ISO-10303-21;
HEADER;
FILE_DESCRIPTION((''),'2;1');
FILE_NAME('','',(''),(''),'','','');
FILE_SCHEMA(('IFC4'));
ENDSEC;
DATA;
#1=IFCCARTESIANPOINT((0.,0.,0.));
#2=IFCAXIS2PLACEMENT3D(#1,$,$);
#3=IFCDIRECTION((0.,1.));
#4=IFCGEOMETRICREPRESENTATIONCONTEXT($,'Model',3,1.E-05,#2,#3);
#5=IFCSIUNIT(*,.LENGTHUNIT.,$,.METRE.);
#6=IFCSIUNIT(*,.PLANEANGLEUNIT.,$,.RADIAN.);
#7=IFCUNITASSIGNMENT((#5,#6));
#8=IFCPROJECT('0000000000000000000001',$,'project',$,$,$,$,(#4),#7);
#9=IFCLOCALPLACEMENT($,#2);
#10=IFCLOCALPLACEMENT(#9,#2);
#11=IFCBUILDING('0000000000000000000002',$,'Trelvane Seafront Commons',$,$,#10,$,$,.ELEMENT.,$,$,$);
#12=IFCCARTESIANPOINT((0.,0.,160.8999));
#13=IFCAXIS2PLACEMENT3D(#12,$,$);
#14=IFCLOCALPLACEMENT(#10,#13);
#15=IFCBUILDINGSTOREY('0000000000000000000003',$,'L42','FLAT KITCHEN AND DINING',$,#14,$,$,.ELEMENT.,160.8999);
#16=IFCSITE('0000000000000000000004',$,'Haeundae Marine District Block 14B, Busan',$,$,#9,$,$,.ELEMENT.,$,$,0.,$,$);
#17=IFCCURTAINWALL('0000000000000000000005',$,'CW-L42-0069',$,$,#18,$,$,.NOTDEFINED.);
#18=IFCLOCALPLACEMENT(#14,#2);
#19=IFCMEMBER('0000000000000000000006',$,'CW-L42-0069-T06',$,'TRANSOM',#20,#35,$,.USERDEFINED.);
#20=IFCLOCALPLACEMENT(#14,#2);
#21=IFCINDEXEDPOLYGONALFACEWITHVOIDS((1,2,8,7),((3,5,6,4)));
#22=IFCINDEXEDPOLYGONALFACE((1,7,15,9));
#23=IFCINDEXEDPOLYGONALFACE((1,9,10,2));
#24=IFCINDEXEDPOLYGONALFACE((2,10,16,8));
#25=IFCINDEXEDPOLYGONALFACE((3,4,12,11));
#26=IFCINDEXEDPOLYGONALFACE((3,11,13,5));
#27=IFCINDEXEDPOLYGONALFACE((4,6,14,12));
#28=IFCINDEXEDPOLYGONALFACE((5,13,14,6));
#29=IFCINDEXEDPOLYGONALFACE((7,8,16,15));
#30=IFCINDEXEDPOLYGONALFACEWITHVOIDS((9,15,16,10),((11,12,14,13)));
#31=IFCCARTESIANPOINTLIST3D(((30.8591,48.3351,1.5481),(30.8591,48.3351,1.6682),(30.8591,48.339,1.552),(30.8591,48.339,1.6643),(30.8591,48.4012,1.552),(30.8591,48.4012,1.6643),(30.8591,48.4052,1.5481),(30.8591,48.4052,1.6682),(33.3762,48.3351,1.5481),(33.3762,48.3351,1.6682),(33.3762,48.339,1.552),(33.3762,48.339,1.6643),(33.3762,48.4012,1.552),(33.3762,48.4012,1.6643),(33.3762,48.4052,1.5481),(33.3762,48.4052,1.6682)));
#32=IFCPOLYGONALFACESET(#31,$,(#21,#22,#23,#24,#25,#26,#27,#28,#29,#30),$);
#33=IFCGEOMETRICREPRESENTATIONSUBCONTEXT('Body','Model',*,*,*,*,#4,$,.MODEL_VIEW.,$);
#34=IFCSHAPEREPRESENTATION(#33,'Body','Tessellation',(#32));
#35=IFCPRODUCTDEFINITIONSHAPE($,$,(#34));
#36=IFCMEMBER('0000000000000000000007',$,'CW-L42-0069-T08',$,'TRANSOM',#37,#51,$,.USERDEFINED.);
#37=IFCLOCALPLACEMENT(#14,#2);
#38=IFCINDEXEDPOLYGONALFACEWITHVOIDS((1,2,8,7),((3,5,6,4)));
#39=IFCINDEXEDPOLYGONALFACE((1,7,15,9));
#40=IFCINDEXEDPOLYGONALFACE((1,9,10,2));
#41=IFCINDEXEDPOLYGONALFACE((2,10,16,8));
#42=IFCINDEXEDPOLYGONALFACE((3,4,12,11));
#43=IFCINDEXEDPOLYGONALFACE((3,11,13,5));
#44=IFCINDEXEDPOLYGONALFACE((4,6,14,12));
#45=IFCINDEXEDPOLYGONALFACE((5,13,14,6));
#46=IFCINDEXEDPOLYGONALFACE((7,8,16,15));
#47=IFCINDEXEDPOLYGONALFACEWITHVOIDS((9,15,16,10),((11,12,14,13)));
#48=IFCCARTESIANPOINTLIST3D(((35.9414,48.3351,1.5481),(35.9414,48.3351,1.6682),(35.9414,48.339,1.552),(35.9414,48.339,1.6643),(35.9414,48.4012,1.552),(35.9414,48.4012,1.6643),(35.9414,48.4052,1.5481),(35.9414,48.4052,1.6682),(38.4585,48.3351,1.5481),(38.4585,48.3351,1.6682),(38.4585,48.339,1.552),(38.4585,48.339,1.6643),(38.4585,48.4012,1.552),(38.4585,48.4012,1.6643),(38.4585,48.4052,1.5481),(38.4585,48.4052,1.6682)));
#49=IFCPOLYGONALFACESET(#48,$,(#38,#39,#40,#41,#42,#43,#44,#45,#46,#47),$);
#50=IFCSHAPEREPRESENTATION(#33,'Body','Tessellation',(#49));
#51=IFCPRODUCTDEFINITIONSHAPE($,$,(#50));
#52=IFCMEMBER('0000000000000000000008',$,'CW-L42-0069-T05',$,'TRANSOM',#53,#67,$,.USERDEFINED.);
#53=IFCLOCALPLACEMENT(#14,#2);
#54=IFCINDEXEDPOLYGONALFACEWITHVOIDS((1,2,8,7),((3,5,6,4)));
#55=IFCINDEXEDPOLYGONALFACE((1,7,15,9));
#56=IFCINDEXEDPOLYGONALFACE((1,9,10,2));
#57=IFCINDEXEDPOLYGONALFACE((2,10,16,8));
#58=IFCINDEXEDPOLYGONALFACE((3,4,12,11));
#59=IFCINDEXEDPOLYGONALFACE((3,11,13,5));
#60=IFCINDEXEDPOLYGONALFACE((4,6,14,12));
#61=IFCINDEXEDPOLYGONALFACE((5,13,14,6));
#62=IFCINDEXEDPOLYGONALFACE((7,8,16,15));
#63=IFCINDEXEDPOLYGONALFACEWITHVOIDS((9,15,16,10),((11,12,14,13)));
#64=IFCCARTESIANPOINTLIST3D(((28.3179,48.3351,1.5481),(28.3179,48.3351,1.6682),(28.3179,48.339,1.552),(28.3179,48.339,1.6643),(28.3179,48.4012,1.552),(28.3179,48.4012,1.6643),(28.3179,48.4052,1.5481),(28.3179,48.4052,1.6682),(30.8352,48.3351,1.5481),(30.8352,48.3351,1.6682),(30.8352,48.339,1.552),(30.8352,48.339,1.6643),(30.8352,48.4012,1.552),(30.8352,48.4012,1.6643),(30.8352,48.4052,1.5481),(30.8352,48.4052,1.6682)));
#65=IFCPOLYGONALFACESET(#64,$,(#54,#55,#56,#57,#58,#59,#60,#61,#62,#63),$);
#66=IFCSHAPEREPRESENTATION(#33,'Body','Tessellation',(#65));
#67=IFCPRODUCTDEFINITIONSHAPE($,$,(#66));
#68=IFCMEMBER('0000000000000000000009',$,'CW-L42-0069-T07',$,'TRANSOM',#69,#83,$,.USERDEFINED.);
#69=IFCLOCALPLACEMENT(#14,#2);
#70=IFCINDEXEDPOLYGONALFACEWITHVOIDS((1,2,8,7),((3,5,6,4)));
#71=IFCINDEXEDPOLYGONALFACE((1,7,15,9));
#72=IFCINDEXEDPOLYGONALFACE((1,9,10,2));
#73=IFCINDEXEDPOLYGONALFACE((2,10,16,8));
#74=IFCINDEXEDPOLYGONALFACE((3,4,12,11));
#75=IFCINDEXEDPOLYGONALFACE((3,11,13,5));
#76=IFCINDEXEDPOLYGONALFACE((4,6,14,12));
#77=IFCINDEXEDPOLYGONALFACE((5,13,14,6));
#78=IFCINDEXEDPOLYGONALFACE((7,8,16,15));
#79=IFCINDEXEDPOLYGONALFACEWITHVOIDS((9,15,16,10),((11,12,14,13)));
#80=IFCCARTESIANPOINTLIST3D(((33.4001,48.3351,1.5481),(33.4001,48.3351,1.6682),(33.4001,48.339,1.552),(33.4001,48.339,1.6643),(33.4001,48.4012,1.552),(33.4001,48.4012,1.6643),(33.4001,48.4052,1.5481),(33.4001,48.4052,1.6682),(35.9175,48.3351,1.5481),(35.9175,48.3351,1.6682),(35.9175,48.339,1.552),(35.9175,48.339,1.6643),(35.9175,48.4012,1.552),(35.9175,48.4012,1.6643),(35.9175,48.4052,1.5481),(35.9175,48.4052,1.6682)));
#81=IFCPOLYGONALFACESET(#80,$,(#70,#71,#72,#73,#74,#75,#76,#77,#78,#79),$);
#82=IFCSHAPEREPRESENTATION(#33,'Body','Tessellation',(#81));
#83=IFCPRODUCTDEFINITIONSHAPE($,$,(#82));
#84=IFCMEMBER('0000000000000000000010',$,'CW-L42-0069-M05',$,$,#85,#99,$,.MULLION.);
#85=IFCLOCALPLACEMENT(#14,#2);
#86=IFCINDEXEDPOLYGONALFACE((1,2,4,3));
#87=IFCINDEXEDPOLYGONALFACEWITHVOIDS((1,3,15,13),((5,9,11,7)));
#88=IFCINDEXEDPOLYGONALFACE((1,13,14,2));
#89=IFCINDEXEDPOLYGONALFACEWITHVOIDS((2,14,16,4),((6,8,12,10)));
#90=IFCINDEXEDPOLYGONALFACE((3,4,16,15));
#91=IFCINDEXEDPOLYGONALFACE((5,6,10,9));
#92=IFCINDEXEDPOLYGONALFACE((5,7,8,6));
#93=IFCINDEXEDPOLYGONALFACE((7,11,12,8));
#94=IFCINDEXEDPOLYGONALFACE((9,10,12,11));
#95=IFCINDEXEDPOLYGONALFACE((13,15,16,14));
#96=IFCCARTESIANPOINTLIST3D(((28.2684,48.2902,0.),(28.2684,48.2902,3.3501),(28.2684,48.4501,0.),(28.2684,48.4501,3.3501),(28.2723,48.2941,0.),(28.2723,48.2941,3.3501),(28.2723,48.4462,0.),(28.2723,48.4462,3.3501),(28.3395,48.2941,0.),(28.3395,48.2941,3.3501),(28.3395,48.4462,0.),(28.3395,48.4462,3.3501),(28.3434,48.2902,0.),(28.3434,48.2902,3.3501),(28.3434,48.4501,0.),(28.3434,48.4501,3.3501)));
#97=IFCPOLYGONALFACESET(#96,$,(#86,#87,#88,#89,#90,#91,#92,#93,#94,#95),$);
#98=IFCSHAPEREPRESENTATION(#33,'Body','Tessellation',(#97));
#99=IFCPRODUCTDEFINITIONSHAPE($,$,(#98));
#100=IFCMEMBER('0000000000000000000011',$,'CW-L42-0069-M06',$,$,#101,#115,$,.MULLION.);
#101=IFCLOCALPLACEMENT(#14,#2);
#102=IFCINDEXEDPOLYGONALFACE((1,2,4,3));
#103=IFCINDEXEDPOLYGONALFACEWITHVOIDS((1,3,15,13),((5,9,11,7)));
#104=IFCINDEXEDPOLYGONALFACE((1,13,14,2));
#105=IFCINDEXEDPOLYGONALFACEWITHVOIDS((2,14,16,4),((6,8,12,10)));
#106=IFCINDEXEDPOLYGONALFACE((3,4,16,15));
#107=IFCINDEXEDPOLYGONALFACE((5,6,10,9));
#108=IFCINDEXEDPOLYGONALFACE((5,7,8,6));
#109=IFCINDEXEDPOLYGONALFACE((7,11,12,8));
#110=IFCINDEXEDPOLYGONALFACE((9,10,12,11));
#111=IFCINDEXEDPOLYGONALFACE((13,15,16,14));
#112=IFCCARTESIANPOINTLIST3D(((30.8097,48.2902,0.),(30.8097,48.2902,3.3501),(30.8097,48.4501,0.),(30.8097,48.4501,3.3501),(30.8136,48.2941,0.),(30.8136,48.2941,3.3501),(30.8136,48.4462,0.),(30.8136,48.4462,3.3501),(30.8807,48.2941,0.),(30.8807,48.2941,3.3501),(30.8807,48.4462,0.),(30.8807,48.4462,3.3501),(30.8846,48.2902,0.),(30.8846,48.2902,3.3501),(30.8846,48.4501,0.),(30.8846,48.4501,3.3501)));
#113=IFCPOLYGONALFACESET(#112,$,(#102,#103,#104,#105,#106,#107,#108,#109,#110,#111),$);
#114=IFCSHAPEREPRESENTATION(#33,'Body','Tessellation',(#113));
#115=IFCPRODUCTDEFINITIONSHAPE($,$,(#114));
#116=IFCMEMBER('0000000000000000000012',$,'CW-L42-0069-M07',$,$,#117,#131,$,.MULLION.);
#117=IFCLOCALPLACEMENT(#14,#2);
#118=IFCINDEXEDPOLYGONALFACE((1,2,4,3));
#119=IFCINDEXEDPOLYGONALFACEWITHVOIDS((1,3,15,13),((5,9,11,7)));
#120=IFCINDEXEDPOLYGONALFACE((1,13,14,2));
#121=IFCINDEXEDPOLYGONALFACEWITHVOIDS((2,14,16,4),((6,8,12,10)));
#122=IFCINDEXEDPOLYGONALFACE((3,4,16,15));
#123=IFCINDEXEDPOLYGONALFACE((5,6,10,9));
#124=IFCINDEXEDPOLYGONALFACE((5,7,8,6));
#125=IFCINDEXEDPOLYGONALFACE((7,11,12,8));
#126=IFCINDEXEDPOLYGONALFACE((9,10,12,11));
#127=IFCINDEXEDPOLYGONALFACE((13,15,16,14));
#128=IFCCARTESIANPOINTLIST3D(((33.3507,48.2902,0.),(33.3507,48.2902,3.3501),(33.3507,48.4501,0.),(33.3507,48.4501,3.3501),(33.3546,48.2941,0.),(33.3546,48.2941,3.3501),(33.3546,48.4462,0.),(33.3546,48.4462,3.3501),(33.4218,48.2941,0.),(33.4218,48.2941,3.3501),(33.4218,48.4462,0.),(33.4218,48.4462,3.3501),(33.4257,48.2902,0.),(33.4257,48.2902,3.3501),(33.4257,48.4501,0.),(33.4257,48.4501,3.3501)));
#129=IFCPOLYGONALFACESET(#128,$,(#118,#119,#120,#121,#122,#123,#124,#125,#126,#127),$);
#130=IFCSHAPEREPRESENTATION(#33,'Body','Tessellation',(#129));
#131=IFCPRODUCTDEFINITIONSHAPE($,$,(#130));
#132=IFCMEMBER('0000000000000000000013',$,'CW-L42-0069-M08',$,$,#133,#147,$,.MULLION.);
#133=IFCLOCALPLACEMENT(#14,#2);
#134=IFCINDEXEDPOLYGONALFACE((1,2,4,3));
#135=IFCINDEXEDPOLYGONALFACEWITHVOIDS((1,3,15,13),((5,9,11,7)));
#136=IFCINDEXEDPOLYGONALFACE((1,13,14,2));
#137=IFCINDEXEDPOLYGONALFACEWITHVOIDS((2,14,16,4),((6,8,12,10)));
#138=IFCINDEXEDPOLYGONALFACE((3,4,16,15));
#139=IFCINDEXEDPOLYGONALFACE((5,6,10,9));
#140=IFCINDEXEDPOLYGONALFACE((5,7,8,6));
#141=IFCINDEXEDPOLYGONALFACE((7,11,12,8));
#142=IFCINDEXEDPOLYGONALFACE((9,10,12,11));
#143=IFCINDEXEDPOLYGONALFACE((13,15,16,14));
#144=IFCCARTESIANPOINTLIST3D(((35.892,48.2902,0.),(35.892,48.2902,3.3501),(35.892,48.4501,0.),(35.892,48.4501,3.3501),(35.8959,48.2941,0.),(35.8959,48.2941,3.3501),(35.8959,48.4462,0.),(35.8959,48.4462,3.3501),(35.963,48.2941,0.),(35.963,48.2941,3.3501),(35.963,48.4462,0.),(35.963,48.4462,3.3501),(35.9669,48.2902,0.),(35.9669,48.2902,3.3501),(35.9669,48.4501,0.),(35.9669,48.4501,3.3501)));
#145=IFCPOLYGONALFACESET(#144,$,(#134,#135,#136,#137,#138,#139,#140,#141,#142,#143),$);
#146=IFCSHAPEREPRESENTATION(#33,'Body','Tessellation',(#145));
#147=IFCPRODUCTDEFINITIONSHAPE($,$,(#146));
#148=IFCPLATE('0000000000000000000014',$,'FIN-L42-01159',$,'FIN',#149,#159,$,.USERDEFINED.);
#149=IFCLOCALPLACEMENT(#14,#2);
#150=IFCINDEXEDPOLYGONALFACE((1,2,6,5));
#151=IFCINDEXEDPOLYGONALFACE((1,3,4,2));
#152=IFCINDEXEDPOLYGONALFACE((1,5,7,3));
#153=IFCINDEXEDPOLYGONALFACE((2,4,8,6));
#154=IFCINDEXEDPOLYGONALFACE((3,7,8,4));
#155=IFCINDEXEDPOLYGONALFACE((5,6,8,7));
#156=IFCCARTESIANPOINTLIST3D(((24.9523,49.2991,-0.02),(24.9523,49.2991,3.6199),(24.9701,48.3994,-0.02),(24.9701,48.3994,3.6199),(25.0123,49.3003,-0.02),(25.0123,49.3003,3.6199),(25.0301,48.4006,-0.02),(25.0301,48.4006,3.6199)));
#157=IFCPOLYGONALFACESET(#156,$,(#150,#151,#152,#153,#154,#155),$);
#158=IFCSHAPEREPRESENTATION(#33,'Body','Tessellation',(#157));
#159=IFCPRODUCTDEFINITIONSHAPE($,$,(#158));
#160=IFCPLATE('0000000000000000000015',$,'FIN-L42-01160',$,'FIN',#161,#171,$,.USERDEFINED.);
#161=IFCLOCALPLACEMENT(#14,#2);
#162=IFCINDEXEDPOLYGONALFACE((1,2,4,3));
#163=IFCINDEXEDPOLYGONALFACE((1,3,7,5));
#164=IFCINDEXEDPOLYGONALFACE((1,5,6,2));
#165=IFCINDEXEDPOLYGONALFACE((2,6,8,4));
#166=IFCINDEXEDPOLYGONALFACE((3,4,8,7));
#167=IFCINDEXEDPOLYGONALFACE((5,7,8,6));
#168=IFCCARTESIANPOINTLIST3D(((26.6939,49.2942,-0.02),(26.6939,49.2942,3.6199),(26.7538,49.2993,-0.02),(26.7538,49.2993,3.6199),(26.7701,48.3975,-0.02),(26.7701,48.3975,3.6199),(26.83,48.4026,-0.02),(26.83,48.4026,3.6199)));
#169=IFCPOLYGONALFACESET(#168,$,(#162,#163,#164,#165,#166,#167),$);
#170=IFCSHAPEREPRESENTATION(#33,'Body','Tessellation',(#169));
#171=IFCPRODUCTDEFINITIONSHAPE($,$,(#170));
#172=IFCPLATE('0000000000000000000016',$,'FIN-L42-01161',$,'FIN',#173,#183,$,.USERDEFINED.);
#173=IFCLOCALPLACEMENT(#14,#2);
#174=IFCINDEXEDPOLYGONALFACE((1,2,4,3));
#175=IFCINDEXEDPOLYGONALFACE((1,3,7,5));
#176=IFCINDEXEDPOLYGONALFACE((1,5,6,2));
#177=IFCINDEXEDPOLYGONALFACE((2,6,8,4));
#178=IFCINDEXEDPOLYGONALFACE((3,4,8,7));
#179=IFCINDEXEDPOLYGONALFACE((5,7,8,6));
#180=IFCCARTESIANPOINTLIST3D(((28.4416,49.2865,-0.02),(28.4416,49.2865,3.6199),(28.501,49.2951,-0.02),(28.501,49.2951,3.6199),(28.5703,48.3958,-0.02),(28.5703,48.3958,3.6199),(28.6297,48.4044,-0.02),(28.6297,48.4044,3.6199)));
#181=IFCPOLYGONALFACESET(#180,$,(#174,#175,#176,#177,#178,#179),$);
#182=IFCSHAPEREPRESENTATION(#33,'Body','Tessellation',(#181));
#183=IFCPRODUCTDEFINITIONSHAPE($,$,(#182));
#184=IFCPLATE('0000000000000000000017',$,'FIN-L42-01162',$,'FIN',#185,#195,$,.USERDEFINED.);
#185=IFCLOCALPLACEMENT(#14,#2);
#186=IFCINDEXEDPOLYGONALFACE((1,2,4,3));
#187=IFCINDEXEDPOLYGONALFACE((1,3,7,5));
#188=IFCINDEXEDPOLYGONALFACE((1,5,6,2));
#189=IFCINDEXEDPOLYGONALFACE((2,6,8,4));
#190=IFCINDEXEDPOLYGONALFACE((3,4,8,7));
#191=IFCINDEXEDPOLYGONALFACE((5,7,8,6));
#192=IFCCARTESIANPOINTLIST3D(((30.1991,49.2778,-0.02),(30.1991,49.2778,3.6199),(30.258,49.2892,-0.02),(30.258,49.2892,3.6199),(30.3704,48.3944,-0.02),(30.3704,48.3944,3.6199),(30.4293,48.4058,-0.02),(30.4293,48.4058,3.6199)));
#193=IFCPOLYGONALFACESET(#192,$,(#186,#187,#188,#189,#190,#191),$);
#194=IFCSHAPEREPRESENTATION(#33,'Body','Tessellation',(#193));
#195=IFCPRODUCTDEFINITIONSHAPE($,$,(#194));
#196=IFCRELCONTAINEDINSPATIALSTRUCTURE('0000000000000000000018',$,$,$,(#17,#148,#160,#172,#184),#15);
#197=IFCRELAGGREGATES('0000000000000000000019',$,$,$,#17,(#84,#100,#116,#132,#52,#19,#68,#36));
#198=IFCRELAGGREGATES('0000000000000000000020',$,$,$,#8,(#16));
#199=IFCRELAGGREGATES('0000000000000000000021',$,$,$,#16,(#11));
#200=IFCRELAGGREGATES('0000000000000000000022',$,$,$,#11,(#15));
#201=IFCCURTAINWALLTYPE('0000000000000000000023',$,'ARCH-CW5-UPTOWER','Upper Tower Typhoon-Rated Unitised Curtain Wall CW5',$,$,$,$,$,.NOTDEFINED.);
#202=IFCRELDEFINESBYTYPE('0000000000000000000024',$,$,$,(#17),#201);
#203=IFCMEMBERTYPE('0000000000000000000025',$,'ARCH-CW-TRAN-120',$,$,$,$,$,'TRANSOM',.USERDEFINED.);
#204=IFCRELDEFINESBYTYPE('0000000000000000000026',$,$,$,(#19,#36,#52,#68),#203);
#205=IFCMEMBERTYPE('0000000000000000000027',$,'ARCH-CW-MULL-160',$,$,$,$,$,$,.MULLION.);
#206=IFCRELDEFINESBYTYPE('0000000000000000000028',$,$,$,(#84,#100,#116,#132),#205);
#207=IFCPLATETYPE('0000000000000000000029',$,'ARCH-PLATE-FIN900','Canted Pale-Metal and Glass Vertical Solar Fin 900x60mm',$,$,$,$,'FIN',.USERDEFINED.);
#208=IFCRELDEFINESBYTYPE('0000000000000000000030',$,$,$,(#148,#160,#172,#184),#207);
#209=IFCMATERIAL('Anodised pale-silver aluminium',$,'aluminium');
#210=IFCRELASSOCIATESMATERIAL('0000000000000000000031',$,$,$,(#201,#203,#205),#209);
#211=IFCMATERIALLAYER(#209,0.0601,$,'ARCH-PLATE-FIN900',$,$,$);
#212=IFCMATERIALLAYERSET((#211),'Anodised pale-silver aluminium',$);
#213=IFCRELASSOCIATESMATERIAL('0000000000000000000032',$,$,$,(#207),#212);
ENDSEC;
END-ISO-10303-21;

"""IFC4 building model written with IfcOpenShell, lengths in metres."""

from ifc_helpers import new_model, si_unit, direction, frame, origin, origin_2d, place, context, subcontext, project, spatial, rectangle, hollow_rectangle, extrude, source, transform, mapped, material, layer, layer_set, material_profile, profile_set, type_object, element, aggregate, save


model = new_model("IFC4")

# Units and contexts
model_context = context("Model", 3, precision=1e-05, world=origin(), true_north=direction((0.0, 1.0)))
body_context = subcontext(model_context, "Body", "Model", "MODEL_VIEW")
ifc_project = project(units=[si_unit("LENGTHUNIT", "METRE"), si_unit("PLANEANGLEUNIT", "RADIAN")], contexts=[model_context])

# Site, building, storey
site_placement = place(None, origin())
site = spatial("IfcSite", under=ifc_project, at=site_placement, Name="Haeundae Marine District Block 14B, Busan", CompositionType="ELEMENT", RefElevation=0.0)
building_placement = place(site_placement, origin())
building = spatial("IfcBuilding", under=site, at=building_placement, Name="Trelvane Seafront Commons", CompositionType="ELEMENT")
storey_placement = place(building_placement, frame((0.0, 0.0, 160.8999)))
storey = spatial("IfcBuildingStorey", under=building, at=storey_placement, Name="L42", Description="FLAT KITCHEN AND DINING", CompositionType="ELEMENT", Elevation=160.8999)

# Curtain wall, members
ifc_material_1 = material(Name="Anodised pale-silver aluminium", Category="aluminium")
curtain_wall_type = type_object("IfcCurtainWallType", Name="ARCH-CW5-UPTOWER", Description="Upper Tower Typhoon-Rated Unitised Curtain Wall CW5", PredefinedType="NOTDEFINED", material=ifc_material_1)
curtain_wall_placement = place(storey_placement, origin())
curtain_wall = element("IfcCurtainWall", 1, at=curtain_wall_placement, inside=storey, type_object=curtain_wall_type, Name="CW-L42-0069", PredefinedType="NOTDEFINED")
ifc_material_profile_1 = material_profile(ifc_material_1, hollow_rectangle(XDim=0.0701, YDim=0.1201, WallThickness=0.0039, at=origin_2d()), Name="TRAN-70x120x4")
ifc_profile_set_1 = profile_set([ifc_material_profile_1], Name="Anodised pale-silver aluminium")
member_type_1 = type_object("IfcMemberType", Name="ARCH-CW-TRAN-120", ElementType="TRANSOM", PredefinedType="USERDEFINED", material=ifc_profile_set_1)
shared_shape_1 = source(origin(), body_context, "Body", "SweptSolid", [
    extrude(hollow_rectangle(XDim=0.0701, YDim=0.1201, WallThickness=0.0039, at=origin_2d()), origin(), (0.0, 0.0, 1.0), 2.5171),
])
member_1_placement = place(storey_placement, frame((30.8591, 48.3701, 1.6082), z_axis=(1.0, 0.0, 0.0), x_axis=(0.0, 1.0, 0.0)))
member_1 = element("IfcMember", 2, at=member_1_placement, type_object=member_type_1, Name="CW-L42-0069-T06", ObjectType="TRANSOM", PredefinedType="USERDEFINED", context=body_context, shape_type="MappedRepresentation", body=[
    mapped(shared_shape_1, transform((0.0, 0.0, 0.0), x_axis=(1.0, 0.0, 0.0), y_axis=(0.0, 1.0, 0.0), z_axis=(0.0, 0.0, 1.0), scale=1.0)),
])
member_2_placement = place(storey_placement, frame((35.9414, 48.3701, 1.6082), z_axis=(1.0, 0.0, 0.0), x_axis=(0.0, 1.0, 0.0)))
member_2 = element("IfcMember", 3, at=member_2_placement, type_object=member_type_1, Name="CW-L42-0069-T08", ObjectType="TRANSOM", PredefinedType="USERDEFINED", context=body_context, shape_type="MappedRepresentation", body=[
    mapped(shared_shape_1, transform((0.0, 0.0, 0.0), x_axis=(1.0, 0.0, 0.0), y_axis=(0.0, 1.0, 0.0), z_axis=(0.0, 0.0, 1.0), scale=1.0)),
])
shared_shape_2 = source(origin(), body_context, "Body", "SweptSolid", [
    extrude(hollow_rectangle(XDim=0.0701, YDim=0.1201, WallThickness=0.0039, at=origin_2d()), origin(), (0.0, 0.0, 1.0), 2.5173),
])
member_3_placement = place(storey_placement, frame((28.3179, 48.3701, 1.6082), z_axis=(1.0, 0.0, 0.0), x_axis=(0.0, 1.0, 0.0)))
member_3 = element("IfcMember", 4, at=member_3_placement, type_object=member_type_1, Name="CW-L42-0069-T05", ObjectType="TRANSOM", PredefinedType="USERDEFINED", context=body_context, shape_type="MappedRepresentation", body=[
    mapped(shared_shape_2, transform((0.0, 0.0, 0.0), x_axis=(1.0, 0.0, 0.0), y_axis=(0.0, 1.0, 0.0), z_axis=(0.0, 0.0, 1.0), scale=1.0)),
])
member_4_placement = place(storey_placement, frame((33.4001, 48.3701, 1.6082), z_axis=(1.0, 0.0, 0.0), x_axis=(0.0, 1.0, 0.0)))
member_4 = element("IfcMember", 5, at=member_4_placement, type_object=member_type_1, Name="CW-L42-0069-T07", ObjectType="TRANSOM", PredefinedType="USERDEFINED", context=body_context, shape_type="MappedRepresentation", body=[
    mapped(shared_shape_2, transform((0.0, 0.0, 0.0), x_axis=(1.0, 0.0, 0.0), y_axis=(0.0, 1.0, 0.0), z_axis=(0.0, 0.0, 1.0), scale=1.0)),
])
ifc_material_profile_2 = material_profile(ifc_material_1, hollow_rectangle(XDim=0.075, YDim=0.1599, WallThickness=0.0039, at=origin_2d()), Name="MULL-75x160x4")
ifc_profile_set_2 = profile_set([ifc_material_profile_2], Name="Anodised pale-silver aluminium")
member_type_2 = type_object("IfcMemberType", Name="ARCH-CW-MULL-160", PredefinedType="MULLION", material=ifc_profile_set_2)
shared_shape_3 = source(origin(), body_context, "Body", "SweptSolid", [
    extrude(hollow_rectangle(XDim=0.075, YDim=0.1599, WallThickness=0.0039, at=origin_2d()), origin(), (0.0, 0.0, 1.0), 3.3501),
])
member_5_placement = place(storey_placement, frame((28.3059, 48.3701, 0.0), z_axis=(0.0, 0.0, 1.0), x_axis=(1.0, 0.0, 0.0)))
member_5 = element("IfcMember", 6, at=member_5_placement, type_object=member_type_2, Name="CW-L42-0069-M05", PredefinedType="MULLION", context=body_context, shape_type="MappedRepresentation", body=[
    mapped(shared_shape_3, transform((0.0, 0.0, 0.0), x_axis=(1.0, 0.0, 0.0), y_axis=(0.0, 1.0, 0.0), z_axis=(0.0, 0.0, 1.0), scale=1.0)),
])
member_6_placement = place(storey_placement, frame((30.8472, 48.3701, 0.0), z_axis=(0.0, 0.0, 1.0), x_axis=(1.0, 0.0, 0.0)))
member_6 = element("IfcMember", 7, at=member_6_placement, type_object=member_type_2, Name="CW-L42-0069-M06", PredefinedType="MULLION", context=body_context, shape_type="MappedRepresentation", body=[
    mapped(shared_shape_3, transform((0.0, 0.0, 0.0), x_axis=(1.0, 0.0, 0.0), y_axis=(0.0, 1.0, 0.0), z_axis=(0.0, 0.0, 1.0), scale=1.0)),
])
member_7_placement = place(storey_placement, frame((33.3882, 48.3701, 0.0), z_axis=(0.0, 0.0, 1.0), x_axis=(1.0, 0.0, 0.0)))
member_7 = element("IfcMember", 8, at=member_7_placement, type_object=member_type_2, Name="CW-L42-0069-M07", PredefinedType="MULLION", context=body_context, shape_type="MappedRepresentation", body=[
    mapped(shared_shape_3, transform((0.0, 0.0, 0.0), x_axis=(1.0, 0.0, 0.0), y_axis=(0.0, 1.0, 0.0), z_axis=(0.0, 0.0, 1.0), scale=1.0)),
])
member_8_placement = place(storey_placement, frame((35.9294, 48.3701, 0.0), z_axis=(0.0, 0.0, 1.0), x_axis=(1.0, 0.0, 0.0)))
member_8 = element("IfcMember", 9, at=member_8_placement, type_object=member_type_2, Name="CW-L42-0069-M08", PredefinedType="MULLION", context=body_context, shape_type="MappedRepresentation", body=[
    mapped(shared_shape_3, transform((0.0, 0.0, 0.0), x_axis=(1.0, 0.0, 0.0), y_axis=(0.0, 1.0, 0.0), z_axis=(0.0, 0.0, 1.0), scale=1.0)),
])

# Plates
ifc_layer_1 = layer(ifc_material_1, 0.0601, Name="ARCH-PLATE-FIN900")
ifc_layer_set_1 = layer_set([ifc_layer_1], Name="Anodised pale-silver aluminium")
plate_type_1 = type_object("IfcPlateType", Name="ARCH-PLATE-FIN900", Description="Canted Pale-Metal and Glass Vertical Solar Fin 900x60mm", ElementType="FIN", PredefinedType="USERDEFINED", material=ifc_layer_set_1)
shared_shape_4 = source(origin(), body_context, "Body", "SweptSolid", [
    extrude(rectangle(XDim=0.8999, YDim=0.0601, at=origin_2d()), origin(), (0.0, 0.0, 1.0), 3.6399),
])
for number, where, z_axis, x_axis, name in (
    (10, (24.9912, 48.8499, -0.02), (0.0, 0.0, 1.0), (-0.019779, 0.999804, 0.0), "FIN-L42-01159"),
    (11, (26.762, 48.8484, -0.02), (0.0, 0.0, 1.0), (-0.084664, 0.99641, 0.0), "FIN-L42-01160"),
    (12, (28.5356, 48.8455, -0.02), (0.0, 0.0, 1.0), (-0.142992, 0.989724, 0.0), "FIN-L42-01161"),
    (13, (30.3142, 48.8418, -0.02), (0.0, 0.0, 1.0), (-0.190343, 0.981718, 0.0), "FIN-L42-01162"),
):
    element("IfcPlate", number, at=place(storey_placement, frame(where, z_axis=z_axis, x_axis=x_axis)), inside=storey, type_object=plate_type_1, Name=name, ObjectType="FIN", PredefinedType="USERDEFINED", context=body_context, shape_type="MappedRepresentation", body=[
        mapped(shared_shape_4, transform((0.0, 0.0, 0.0), x_axis=(1.0, 0.0, 0.0), y_axis=(0.0, 1.0, 0.0), z_axis=(0.0, 0.0, 1.0), scale=1.0)),
    ])

aggregate(curtain_wall, [member_5, member_6, member_7, member_8, member_3, member_1, member_4, member_2])

save(model, "model.ifc")
